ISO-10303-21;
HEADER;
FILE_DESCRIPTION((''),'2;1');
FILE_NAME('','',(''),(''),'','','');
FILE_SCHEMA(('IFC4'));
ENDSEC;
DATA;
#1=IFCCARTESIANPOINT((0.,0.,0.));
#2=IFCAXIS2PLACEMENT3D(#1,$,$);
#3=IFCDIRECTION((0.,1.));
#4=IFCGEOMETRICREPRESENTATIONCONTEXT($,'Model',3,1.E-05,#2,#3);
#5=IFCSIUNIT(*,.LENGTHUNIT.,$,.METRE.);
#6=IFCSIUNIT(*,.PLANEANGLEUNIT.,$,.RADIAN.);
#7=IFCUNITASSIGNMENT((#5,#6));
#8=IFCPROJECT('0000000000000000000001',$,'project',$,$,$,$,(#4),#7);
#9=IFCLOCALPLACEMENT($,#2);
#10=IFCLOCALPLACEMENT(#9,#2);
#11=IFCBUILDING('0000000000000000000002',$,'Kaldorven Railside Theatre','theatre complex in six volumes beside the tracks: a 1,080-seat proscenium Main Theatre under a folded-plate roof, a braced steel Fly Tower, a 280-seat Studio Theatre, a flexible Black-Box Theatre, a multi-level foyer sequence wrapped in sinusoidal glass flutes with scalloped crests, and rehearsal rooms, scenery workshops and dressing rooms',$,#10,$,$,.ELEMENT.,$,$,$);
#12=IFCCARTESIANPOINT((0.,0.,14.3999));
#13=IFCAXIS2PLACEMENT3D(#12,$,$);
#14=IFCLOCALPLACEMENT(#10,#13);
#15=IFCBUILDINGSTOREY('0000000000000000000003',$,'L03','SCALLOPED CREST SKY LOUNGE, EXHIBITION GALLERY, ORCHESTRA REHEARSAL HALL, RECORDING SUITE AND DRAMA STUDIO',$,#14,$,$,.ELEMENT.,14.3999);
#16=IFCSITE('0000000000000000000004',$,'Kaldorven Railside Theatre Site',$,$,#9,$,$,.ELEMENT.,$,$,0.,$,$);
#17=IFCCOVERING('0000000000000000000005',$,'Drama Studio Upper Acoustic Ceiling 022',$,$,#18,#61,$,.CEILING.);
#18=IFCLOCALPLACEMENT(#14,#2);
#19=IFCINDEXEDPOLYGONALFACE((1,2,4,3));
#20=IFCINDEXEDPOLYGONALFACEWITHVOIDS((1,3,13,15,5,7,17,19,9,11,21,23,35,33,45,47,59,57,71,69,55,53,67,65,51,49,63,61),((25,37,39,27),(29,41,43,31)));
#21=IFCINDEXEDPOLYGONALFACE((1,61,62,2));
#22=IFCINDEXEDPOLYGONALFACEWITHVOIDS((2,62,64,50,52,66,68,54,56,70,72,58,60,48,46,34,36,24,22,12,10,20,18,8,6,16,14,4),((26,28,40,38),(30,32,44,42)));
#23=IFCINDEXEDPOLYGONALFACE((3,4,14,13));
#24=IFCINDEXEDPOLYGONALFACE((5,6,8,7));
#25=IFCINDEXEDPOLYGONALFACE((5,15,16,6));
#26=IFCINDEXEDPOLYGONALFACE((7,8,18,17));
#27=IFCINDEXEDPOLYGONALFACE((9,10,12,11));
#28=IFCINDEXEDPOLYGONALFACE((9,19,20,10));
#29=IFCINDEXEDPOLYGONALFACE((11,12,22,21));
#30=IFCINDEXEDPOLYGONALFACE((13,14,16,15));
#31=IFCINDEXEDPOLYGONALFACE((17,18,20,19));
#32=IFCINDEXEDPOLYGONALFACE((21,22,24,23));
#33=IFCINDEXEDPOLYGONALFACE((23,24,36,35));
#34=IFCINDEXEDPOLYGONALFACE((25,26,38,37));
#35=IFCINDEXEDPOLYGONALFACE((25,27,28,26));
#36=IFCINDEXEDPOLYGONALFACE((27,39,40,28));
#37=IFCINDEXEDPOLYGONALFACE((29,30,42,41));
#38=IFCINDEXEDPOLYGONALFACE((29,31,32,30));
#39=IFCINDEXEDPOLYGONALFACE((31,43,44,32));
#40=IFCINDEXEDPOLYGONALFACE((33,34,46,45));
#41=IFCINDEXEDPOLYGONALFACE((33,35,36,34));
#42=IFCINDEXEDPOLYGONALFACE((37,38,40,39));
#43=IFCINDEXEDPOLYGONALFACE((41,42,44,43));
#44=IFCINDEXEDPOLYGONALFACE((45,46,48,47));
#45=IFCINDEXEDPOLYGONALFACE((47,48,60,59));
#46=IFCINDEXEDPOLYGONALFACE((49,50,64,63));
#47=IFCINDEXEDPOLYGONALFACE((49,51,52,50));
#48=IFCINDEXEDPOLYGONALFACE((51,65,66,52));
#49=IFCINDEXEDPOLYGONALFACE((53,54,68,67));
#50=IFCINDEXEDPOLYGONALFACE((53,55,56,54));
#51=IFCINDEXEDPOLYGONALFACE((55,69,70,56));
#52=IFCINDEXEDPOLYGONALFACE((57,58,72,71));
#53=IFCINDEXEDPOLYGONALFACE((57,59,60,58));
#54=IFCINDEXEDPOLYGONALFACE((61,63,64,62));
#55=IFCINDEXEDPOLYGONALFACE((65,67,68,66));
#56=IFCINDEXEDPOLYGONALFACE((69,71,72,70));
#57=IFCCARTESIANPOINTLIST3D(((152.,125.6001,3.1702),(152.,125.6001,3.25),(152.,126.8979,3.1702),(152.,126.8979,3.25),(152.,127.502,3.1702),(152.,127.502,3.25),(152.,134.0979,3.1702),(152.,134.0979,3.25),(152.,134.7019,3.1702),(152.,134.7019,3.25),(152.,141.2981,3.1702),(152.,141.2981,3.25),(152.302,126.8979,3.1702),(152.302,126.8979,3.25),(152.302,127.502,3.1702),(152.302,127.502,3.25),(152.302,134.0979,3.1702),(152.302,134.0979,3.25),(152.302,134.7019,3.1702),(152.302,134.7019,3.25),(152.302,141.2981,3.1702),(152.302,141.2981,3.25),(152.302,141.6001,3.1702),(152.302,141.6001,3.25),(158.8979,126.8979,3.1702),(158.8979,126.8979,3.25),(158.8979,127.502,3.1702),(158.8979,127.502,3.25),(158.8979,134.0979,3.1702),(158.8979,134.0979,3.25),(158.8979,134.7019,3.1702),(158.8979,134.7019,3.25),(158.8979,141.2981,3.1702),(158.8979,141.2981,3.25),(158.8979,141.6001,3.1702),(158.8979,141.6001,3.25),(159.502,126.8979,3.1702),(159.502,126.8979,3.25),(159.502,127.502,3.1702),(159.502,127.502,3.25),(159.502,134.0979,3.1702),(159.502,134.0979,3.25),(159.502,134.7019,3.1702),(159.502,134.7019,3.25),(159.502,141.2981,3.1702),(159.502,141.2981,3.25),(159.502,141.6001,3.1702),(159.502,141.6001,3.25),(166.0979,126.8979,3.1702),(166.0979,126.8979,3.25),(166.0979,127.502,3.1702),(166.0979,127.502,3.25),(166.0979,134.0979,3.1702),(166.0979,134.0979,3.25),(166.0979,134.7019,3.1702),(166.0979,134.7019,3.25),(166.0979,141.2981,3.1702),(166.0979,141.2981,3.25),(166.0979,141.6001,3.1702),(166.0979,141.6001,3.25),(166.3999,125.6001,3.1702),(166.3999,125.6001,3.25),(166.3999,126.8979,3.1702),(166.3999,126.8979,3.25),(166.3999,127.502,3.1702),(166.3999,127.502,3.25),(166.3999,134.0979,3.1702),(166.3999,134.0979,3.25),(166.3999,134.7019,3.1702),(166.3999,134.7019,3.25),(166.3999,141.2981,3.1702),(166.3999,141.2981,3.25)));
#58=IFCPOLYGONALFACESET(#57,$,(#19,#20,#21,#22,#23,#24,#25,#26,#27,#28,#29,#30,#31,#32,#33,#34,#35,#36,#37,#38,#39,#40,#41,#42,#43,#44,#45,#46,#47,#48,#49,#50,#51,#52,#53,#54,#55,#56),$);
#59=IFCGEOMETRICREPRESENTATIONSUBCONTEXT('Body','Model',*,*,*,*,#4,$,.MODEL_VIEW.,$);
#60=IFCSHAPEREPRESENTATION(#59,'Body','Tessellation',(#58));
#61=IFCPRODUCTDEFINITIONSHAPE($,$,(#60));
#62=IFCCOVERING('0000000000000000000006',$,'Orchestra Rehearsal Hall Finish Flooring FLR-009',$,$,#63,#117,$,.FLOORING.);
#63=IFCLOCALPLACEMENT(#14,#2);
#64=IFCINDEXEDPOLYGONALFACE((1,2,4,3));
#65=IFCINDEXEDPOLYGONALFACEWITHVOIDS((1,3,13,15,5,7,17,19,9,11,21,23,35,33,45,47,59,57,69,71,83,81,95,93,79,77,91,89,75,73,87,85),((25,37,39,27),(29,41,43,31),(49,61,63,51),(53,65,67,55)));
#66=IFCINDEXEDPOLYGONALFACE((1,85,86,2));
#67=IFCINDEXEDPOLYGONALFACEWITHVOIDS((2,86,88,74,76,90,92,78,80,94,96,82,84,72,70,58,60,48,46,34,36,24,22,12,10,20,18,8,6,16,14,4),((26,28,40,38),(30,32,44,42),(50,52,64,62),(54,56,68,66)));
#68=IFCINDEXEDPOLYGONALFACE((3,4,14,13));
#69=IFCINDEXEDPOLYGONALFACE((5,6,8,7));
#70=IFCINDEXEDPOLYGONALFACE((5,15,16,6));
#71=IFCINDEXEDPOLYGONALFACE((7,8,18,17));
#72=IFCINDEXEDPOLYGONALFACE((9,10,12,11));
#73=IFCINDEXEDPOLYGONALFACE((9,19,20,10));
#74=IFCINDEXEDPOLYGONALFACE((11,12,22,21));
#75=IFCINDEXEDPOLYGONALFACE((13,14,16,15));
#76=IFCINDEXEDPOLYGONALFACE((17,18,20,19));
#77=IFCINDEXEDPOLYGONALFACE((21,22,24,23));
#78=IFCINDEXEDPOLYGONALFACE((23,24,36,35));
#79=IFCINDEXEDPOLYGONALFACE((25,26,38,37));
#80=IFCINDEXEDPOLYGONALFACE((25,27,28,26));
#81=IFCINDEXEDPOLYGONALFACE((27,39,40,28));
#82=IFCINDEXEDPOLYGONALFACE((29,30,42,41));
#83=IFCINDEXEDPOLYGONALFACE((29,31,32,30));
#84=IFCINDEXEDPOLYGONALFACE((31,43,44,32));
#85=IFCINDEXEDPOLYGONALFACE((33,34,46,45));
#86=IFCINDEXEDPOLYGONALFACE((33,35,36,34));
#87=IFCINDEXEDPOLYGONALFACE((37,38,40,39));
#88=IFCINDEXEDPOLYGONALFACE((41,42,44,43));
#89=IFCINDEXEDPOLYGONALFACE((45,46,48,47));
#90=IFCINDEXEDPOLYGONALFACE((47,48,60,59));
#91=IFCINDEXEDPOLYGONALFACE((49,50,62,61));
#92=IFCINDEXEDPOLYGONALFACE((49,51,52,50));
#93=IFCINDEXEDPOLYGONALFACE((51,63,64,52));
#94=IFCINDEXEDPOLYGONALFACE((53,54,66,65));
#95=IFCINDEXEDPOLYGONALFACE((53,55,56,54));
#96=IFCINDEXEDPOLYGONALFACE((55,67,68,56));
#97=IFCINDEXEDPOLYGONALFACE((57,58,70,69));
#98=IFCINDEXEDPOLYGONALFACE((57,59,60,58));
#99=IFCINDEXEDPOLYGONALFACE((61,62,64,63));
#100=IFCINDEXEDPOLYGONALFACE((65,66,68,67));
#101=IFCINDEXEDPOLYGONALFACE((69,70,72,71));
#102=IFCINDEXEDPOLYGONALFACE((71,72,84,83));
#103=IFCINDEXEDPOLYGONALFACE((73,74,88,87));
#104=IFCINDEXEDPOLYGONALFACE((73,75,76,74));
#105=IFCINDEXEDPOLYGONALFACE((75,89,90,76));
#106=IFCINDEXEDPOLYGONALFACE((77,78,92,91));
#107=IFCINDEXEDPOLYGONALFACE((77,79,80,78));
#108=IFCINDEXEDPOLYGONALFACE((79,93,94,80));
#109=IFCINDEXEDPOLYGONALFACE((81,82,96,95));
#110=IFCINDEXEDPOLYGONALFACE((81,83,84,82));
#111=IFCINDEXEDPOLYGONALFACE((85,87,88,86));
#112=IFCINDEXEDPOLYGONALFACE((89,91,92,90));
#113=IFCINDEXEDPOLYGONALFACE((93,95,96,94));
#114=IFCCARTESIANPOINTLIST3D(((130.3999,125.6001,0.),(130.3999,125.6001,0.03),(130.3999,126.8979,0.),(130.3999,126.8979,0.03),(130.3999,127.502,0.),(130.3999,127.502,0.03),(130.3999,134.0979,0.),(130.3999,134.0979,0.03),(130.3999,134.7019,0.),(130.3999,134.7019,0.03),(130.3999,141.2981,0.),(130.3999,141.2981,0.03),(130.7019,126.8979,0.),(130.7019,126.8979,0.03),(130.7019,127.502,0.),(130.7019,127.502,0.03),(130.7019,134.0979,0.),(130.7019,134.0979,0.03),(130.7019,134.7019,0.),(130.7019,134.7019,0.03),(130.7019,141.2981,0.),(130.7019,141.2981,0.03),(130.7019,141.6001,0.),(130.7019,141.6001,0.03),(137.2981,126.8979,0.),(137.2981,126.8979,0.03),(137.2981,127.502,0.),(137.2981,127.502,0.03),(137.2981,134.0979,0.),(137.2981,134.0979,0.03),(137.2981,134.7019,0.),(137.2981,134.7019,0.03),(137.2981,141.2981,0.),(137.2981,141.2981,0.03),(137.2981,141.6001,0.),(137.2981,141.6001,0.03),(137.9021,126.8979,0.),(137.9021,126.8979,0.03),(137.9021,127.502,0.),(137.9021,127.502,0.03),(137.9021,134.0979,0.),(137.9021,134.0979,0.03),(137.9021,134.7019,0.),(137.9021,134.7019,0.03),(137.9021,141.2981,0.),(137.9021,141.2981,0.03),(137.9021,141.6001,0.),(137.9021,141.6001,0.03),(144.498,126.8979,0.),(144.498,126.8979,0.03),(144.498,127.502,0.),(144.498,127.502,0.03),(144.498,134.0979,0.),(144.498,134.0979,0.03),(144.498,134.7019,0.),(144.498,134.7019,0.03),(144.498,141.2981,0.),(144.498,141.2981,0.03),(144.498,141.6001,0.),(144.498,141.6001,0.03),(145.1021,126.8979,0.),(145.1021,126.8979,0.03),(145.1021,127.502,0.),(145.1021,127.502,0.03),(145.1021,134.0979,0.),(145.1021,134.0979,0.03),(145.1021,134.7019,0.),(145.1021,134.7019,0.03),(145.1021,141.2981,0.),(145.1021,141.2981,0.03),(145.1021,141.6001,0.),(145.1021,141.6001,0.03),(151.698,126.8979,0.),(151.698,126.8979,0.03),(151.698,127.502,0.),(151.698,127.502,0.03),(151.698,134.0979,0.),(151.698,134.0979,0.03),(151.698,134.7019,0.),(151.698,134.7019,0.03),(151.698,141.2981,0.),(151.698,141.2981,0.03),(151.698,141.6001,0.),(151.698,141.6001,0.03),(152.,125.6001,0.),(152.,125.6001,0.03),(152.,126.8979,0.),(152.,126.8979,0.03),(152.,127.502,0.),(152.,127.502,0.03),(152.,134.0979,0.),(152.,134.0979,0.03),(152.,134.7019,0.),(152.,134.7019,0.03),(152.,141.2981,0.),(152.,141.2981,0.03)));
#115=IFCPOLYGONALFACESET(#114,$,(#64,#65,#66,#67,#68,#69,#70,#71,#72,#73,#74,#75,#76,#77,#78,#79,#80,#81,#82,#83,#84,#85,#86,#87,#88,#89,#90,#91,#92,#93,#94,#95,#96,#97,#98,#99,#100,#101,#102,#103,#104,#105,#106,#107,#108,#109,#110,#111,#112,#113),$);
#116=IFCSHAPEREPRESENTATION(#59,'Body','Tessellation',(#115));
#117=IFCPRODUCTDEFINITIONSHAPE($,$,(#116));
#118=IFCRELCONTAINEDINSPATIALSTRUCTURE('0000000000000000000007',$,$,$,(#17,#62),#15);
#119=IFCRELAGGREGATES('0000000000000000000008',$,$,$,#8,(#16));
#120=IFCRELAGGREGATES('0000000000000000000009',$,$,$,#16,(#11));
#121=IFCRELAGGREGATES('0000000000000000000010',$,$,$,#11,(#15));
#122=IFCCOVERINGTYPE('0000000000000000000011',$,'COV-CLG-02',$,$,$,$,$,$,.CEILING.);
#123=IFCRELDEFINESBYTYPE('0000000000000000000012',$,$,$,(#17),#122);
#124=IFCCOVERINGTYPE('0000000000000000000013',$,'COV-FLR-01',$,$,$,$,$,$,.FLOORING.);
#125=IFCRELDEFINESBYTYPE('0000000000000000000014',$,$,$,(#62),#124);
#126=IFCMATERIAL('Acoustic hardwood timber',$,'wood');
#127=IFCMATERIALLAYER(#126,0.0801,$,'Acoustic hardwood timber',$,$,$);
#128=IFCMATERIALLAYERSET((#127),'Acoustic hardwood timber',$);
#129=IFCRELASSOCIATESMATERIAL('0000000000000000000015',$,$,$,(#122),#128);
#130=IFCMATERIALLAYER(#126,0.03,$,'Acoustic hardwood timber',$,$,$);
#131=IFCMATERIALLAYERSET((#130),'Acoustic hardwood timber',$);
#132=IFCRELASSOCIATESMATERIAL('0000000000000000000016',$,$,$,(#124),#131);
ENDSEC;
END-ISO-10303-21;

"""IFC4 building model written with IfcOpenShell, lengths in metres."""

from ifc_helpers import new_model, si_unit, direction, frame, origin, place, context, subcontext, project, spatial, polyline, outline, extrude, material, layer, layer_set, type_object, element, save


model = new_model("IFC4")

# Units and contexts
model_context = context("Model", 3, precision=1e-05, world=origin(), true_north=direction((0.0, 1.0)))
body_context = subcontext(model_context, "Body", "Model", "MODEL_VIEW")
ifc_project = project(units=[si_unit("LENGTHUNIT", "METRE"), si_unit("PLANEANGLEUNIT", "RADIAN")], contexts=[model_context])

# Site, building, storey
site_placement = place(None, origin())
site = spatial("IfcSite", under=ifc_project, at=site_placement, Name="Kaldorven Railside Theatre Site", CompositionType="ELEMENT", RefElevation=0.0)
building_placement = place(site_placement, origin())
building = spatial("IfcBuilding", under=site, at=building_placement, Name="Kaldorven Railside Theatre", Description="theatre complex in six volumes beside the tracks: a 1,080-seat proscenium Main Theatre under a folded-plate roof, a braced steel Fly Tower, a 280-seat Studio Theatre, a flexible Black-Box Theatre, a multi-level foyer sequence wrapped in sinusoidal glass flutes with scalloped crests, and rehearsal rooms, scenery workshops and dressing rooms", CompositionType="ELEMENT")
storey_placement = place(building_placement, frame((0.0, 0.0, 14.3999)))
storey = spatial("IfcBuildingStorey", under=building, at=storey_placement, Name="L03", Description="SCALLOPED CREST SKY LOUNGE, EXHIBITION GALLERY, ORCHESTRA REHEARSAL HALL, RECORDING SUITE AND DRAMA STUDIO", CompositionType="ELEMENT", Elevation=14.3999)

# Coverings
ifc_material_1 = material(Name="Acoustic hardwood timber", Category="wood")
ifc_layer_1 = layer(ifc_material_1, 0.0801, Name="Acoustic hardwood timber")
ifc_layer_set_1 = layer_set([ifc_layer_1], Name="Acoustic hardwood timber")
covering_type_1 = type_object("IfcCoveringType", Name="COV-CLG-02", PredefinedType="CEILING", material=ifc_layer_set_1)
covering_1_placement = place(storey_placement, frame((0.0, 0.0, 3.1702)))
element("IfcCovering", 1, at=covering_1_placement, inside=storey, type_object=covering_type_1, Name="Drama Studio Upper Acoustic Ceiling 022", PredefinedType="CEILING", context=body_context, shape_type="SweptSolid", body=[
    extrude(outline(polyline([(166.3999, 125.6001), (152.0, 125.6001), (152.0, 126.8979), (152.302, 126.8979), (152.302, 127.502), (152.0, 127.502), (152.0, 134.0979), (152.302, 134.0979), (152.302, 134.7019), (152.0, 134.7019), (152.0, 141.2981), (152.302, 141.2981), (152.302, 141.6001), (158.8979, 141.6001), (158.8979, 141.2981), (159.502, 141.2981), (159.502, 141.6001), (166.0979, 141.6001), (166.0979, 141.2981), (166.3999, 141.2981), (166.3999, 134.7019), (166.0979, 134.7019), (166.0979, 134.0979), (166.3999, 134.0979), (166.3999, 127.502), (166.0979, 127.502), (166.0979, 126.8979), (166.3999, 126.8979), (166.3999, 125.6001)]), holes=[polyline([(158.8979, 127.502), (158.8979, 126.8979), (159.502, 126.8979), (159.502, 127.502), (158.8979, 127.502)]), polyline([(158.8979, 134.7019), (158.8979, 134.0979), (159.502, 134.0979), (159.502, 134.7019), (158.8979, 134.7019)])]), origin(), (0.0, 0.0, 1.0), 0.0798),
])
ifc_layer_2 = layer(ifc_material_1, 0.03, Name="Acoustic hardwood timber")
ifc_layer_set_2 = layer_set([ifc_layer_2], Name="Acoustic hardwood timber")
covering_type_2 = type_object("IfcCoveringType", Name="COV-FLR-01", PredefinedType="FLOORING", material=ifc_layer_set_2)
covering_2_placement = place(storey_placement, origin())
element("IfcCovering", 2, at=covering_2_placement, inside=storey, type_object=covering_type_2, Name="Orchestra Rehearsal Hall Finish Flooring FLR-009", PredefinedType="FLOORING", context=body_context, shape_type="SweptSolid", body=[
    extrude(outline(polyline([(152.0, 125.6001), (130.3999, 125.6001), (130.3999, 126.8979), (130.7019, 126.8979), (130.7019, 127.502), (130.3999, 127.502), (130.3999, 134.0979), (130.7019, 134.0979), (130.7019, 134.7019), (130.3999, 134.7019), (130.3999, 141.2981), (130.7019, 141.2981), (130.7019, 141.6001), (137.2981, 141.6001), (137.2981, 141.2981), (137.9021, 141.2981), (137.9021, 141.6001), (144.498, 141.6001), (144.498, 141.2981), (145.1021, 141.2981), (145.1021, 141.6001), (151.698, 141.6001), (151.698, 141.2981), (152.0, 141.2981), (152.0, 134.7019), (151.698, 134.7019), (151.698, 134.0979), (152.0, 134.0979), (152.0, 127.502), (151.698, 127.502), (151.698, 126.8979), (152.0, 126.8979), (152.0, 125.6001)]), holes=[polyline([(144.498, 127.502), (144.498, 126.8979), (145.1021, 126.8979), (145.1021, 127.502), (144.498, 127.502)]), polyline([(137.2981, 127.502), (137.2981, 126.8979), (137.9021, 126.8979), (137.9021, 127.502), (137.2981, 127.502)]), polyline([(144.498, 134.7019), (144.498, 134.0979), (145.1021, 134.0979), (145.1021, 134.7019), (144.498, 134.7019)]), polyline([(137.2981, 134.7019), (137.2981, 134.0979), (137.9021, 134.0979), (137.9021, 134.7019), (137.2981, 134.7019)])]), origin(), (0.0, 0.0, 1.0), 0.03),
])

save(model, "model.ifc")
